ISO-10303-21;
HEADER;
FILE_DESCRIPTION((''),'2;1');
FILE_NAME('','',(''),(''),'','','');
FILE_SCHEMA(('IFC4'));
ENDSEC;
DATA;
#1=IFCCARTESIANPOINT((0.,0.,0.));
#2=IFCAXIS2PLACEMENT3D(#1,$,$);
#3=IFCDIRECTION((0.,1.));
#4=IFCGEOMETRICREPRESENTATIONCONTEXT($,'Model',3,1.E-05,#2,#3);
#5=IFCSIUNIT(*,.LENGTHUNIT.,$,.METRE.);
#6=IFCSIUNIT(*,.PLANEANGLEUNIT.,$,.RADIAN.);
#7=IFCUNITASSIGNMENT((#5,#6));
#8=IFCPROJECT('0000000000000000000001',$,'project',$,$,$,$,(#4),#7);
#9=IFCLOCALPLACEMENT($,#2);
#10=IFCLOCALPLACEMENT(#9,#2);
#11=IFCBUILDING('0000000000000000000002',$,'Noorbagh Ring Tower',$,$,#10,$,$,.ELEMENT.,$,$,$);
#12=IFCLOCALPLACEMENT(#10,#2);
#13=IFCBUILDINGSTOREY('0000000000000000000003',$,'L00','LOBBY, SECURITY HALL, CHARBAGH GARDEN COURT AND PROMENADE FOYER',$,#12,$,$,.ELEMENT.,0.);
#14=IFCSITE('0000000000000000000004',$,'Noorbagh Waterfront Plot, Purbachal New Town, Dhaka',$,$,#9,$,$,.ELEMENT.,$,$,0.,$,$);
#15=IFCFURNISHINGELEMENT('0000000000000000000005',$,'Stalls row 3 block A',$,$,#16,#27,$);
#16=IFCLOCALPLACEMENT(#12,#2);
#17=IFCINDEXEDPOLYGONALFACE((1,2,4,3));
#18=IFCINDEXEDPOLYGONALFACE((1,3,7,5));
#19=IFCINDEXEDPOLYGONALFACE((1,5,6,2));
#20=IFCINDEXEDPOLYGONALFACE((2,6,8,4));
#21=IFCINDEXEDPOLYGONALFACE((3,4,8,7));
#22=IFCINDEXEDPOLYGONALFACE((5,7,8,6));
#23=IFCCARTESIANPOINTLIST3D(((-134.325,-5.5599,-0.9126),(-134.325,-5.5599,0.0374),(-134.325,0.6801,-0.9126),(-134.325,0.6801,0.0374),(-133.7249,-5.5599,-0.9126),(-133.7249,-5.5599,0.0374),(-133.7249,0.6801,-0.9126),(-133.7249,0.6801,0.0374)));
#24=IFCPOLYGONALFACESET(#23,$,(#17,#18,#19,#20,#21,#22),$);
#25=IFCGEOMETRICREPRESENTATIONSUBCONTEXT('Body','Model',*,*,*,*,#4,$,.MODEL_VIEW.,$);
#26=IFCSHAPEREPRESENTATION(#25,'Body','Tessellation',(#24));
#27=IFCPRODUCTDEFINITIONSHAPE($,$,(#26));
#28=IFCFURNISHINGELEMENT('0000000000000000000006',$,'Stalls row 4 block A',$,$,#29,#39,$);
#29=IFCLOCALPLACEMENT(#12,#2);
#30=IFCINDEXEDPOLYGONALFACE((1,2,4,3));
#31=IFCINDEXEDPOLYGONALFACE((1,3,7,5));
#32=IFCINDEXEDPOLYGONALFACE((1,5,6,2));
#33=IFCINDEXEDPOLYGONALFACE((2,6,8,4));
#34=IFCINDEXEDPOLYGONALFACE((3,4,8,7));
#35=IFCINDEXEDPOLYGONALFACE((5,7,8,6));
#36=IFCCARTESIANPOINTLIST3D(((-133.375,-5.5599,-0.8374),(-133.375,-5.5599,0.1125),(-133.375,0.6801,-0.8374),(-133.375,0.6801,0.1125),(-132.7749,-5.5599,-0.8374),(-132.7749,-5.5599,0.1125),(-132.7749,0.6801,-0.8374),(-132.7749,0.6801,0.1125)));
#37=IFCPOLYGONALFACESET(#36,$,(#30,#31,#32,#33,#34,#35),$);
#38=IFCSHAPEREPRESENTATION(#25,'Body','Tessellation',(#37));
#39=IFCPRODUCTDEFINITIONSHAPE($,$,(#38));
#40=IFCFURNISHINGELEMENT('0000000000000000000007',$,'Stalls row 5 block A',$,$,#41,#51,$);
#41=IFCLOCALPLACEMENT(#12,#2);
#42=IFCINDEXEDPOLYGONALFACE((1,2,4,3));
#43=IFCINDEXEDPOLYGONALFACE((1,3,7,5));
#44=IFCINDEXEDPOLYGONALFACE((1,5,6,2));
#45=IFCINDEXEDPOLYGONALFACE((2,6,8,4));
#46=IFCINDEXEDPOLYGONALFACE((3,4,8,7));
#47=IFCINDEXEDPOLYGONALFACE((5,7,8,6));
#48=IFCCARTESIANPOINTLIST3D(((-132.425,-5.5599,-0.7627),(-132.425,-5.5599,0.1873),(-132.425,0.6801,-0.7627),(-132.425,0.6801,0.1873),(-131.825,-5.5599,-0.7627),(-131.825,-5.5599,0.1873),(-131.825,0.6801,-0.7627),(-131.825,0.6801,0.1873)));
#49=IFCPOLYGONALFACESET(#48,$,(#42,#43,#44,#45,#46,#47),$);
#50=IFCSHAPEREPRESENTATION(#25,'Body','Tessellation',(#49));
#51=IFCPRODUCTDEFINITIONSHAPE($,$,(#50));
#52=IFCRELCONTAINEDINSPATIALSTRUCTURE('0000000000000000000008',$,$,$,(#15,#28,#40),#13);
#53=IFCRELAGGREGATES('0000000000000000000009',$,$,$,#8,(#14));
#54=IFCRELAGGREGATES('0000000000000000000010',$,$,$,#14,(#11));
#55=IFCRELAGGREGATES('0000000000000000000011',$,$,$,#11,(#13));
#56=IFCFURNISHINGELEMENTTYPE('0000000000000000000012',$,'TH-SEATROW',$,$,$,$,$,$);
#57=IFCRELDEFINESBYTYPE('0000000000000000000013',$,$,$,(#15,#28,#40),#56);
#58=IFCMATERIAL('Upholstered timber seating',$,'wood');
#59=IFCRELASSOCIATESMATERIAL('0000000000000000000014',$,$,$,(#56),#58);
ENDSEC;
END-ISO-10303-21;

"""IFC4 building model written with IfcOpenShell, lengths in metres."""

from ifc_helpers import new_model, si_unit, direction, frame, origin, origin_2d, place, context, subcontext, project, spatial, rectangle, extrude, material, type_object, element, save


model = new_model("IFC4")

# Units and contexts
model_context = context("Model", 3, precision=1e-05, world=origin(), true_north=direction((0.0, 1.0)))
body_context = subcontext(model_context, "Body", "Model", "MODEL_VIEW")
ifc_project = project(units=[si_unit("LENGTHUNIT", "METRE"), si_unit("PLANEANGLEUNIT", "RADIAN")], contexts=[model_context])

# Site, building, storey
site_placement = place(None, origin())
site = spatial("IfcSite", under=ifc_project, at=site_placement, Name="Noorbagh Waterfront Plot, Purbachal New Town, Dhaka", CompositionType="ELEMENT", RefElevation=0.0)
building_placement = place(site_placement, origin())
building = spatial("IfcBuilding", under=site, at=building_placement, Name="Noorbagh Ring Tower", CompositionType="ELEMENT")
storey_placement = place(building_placement, origin())
storey = spatial("IfcBuildingStorey", under=building, at=storey_placement, Name="L00", Description="LOBBY, SECURITY HALL, CHARBAGH GARDEN COURT AND PROMENADE FOYER", CompositionType="ELEMENT", Elevation=0.0)

# Furnishing elements
ifc_material_1 = material(Name="Upholstered timber seating", Category="wood")
furnishing_element_type = type_object("IfcFurnishingElementType", Name="TH-SEATROW", material=ifc_material_1)
for number, where, z_axis, x_axis, name in (
    (1, (-134.0249, -2.4399, -0.9126), (0.0, 0.0, 1.0), (1.0, 0.0, 0.0), "Stalls row 3 block A"),
    (2, (-133.075, -2.4399, -0.8374), (0.0, 0.0, 1.0), (1.0, 0.0, 0.0), "Stalls row 4 block A"),
    (3, (-132.125, -2.4399, -0.7627), (0.0, 0.0, 1.0), (1.0, 0.0, 0.0), "Stalls row 5 block A"),
):
    element("IfcFurnishingElement", number, at=place(storey_placement, frame(where, z_axis=z_axis, x_axis=x_axis)), inside=storey, type_object=furnishing_element_type, Name=name, context=body_context, shape_type="SweptSolid", body=[
        extrude(rectangle(XDim=0.6001, YDim=6.24, at=origin_2d()), origin(), (0.0, 0.0, 1.0), 0.95),
    ])

save(model, "model.ifc")
